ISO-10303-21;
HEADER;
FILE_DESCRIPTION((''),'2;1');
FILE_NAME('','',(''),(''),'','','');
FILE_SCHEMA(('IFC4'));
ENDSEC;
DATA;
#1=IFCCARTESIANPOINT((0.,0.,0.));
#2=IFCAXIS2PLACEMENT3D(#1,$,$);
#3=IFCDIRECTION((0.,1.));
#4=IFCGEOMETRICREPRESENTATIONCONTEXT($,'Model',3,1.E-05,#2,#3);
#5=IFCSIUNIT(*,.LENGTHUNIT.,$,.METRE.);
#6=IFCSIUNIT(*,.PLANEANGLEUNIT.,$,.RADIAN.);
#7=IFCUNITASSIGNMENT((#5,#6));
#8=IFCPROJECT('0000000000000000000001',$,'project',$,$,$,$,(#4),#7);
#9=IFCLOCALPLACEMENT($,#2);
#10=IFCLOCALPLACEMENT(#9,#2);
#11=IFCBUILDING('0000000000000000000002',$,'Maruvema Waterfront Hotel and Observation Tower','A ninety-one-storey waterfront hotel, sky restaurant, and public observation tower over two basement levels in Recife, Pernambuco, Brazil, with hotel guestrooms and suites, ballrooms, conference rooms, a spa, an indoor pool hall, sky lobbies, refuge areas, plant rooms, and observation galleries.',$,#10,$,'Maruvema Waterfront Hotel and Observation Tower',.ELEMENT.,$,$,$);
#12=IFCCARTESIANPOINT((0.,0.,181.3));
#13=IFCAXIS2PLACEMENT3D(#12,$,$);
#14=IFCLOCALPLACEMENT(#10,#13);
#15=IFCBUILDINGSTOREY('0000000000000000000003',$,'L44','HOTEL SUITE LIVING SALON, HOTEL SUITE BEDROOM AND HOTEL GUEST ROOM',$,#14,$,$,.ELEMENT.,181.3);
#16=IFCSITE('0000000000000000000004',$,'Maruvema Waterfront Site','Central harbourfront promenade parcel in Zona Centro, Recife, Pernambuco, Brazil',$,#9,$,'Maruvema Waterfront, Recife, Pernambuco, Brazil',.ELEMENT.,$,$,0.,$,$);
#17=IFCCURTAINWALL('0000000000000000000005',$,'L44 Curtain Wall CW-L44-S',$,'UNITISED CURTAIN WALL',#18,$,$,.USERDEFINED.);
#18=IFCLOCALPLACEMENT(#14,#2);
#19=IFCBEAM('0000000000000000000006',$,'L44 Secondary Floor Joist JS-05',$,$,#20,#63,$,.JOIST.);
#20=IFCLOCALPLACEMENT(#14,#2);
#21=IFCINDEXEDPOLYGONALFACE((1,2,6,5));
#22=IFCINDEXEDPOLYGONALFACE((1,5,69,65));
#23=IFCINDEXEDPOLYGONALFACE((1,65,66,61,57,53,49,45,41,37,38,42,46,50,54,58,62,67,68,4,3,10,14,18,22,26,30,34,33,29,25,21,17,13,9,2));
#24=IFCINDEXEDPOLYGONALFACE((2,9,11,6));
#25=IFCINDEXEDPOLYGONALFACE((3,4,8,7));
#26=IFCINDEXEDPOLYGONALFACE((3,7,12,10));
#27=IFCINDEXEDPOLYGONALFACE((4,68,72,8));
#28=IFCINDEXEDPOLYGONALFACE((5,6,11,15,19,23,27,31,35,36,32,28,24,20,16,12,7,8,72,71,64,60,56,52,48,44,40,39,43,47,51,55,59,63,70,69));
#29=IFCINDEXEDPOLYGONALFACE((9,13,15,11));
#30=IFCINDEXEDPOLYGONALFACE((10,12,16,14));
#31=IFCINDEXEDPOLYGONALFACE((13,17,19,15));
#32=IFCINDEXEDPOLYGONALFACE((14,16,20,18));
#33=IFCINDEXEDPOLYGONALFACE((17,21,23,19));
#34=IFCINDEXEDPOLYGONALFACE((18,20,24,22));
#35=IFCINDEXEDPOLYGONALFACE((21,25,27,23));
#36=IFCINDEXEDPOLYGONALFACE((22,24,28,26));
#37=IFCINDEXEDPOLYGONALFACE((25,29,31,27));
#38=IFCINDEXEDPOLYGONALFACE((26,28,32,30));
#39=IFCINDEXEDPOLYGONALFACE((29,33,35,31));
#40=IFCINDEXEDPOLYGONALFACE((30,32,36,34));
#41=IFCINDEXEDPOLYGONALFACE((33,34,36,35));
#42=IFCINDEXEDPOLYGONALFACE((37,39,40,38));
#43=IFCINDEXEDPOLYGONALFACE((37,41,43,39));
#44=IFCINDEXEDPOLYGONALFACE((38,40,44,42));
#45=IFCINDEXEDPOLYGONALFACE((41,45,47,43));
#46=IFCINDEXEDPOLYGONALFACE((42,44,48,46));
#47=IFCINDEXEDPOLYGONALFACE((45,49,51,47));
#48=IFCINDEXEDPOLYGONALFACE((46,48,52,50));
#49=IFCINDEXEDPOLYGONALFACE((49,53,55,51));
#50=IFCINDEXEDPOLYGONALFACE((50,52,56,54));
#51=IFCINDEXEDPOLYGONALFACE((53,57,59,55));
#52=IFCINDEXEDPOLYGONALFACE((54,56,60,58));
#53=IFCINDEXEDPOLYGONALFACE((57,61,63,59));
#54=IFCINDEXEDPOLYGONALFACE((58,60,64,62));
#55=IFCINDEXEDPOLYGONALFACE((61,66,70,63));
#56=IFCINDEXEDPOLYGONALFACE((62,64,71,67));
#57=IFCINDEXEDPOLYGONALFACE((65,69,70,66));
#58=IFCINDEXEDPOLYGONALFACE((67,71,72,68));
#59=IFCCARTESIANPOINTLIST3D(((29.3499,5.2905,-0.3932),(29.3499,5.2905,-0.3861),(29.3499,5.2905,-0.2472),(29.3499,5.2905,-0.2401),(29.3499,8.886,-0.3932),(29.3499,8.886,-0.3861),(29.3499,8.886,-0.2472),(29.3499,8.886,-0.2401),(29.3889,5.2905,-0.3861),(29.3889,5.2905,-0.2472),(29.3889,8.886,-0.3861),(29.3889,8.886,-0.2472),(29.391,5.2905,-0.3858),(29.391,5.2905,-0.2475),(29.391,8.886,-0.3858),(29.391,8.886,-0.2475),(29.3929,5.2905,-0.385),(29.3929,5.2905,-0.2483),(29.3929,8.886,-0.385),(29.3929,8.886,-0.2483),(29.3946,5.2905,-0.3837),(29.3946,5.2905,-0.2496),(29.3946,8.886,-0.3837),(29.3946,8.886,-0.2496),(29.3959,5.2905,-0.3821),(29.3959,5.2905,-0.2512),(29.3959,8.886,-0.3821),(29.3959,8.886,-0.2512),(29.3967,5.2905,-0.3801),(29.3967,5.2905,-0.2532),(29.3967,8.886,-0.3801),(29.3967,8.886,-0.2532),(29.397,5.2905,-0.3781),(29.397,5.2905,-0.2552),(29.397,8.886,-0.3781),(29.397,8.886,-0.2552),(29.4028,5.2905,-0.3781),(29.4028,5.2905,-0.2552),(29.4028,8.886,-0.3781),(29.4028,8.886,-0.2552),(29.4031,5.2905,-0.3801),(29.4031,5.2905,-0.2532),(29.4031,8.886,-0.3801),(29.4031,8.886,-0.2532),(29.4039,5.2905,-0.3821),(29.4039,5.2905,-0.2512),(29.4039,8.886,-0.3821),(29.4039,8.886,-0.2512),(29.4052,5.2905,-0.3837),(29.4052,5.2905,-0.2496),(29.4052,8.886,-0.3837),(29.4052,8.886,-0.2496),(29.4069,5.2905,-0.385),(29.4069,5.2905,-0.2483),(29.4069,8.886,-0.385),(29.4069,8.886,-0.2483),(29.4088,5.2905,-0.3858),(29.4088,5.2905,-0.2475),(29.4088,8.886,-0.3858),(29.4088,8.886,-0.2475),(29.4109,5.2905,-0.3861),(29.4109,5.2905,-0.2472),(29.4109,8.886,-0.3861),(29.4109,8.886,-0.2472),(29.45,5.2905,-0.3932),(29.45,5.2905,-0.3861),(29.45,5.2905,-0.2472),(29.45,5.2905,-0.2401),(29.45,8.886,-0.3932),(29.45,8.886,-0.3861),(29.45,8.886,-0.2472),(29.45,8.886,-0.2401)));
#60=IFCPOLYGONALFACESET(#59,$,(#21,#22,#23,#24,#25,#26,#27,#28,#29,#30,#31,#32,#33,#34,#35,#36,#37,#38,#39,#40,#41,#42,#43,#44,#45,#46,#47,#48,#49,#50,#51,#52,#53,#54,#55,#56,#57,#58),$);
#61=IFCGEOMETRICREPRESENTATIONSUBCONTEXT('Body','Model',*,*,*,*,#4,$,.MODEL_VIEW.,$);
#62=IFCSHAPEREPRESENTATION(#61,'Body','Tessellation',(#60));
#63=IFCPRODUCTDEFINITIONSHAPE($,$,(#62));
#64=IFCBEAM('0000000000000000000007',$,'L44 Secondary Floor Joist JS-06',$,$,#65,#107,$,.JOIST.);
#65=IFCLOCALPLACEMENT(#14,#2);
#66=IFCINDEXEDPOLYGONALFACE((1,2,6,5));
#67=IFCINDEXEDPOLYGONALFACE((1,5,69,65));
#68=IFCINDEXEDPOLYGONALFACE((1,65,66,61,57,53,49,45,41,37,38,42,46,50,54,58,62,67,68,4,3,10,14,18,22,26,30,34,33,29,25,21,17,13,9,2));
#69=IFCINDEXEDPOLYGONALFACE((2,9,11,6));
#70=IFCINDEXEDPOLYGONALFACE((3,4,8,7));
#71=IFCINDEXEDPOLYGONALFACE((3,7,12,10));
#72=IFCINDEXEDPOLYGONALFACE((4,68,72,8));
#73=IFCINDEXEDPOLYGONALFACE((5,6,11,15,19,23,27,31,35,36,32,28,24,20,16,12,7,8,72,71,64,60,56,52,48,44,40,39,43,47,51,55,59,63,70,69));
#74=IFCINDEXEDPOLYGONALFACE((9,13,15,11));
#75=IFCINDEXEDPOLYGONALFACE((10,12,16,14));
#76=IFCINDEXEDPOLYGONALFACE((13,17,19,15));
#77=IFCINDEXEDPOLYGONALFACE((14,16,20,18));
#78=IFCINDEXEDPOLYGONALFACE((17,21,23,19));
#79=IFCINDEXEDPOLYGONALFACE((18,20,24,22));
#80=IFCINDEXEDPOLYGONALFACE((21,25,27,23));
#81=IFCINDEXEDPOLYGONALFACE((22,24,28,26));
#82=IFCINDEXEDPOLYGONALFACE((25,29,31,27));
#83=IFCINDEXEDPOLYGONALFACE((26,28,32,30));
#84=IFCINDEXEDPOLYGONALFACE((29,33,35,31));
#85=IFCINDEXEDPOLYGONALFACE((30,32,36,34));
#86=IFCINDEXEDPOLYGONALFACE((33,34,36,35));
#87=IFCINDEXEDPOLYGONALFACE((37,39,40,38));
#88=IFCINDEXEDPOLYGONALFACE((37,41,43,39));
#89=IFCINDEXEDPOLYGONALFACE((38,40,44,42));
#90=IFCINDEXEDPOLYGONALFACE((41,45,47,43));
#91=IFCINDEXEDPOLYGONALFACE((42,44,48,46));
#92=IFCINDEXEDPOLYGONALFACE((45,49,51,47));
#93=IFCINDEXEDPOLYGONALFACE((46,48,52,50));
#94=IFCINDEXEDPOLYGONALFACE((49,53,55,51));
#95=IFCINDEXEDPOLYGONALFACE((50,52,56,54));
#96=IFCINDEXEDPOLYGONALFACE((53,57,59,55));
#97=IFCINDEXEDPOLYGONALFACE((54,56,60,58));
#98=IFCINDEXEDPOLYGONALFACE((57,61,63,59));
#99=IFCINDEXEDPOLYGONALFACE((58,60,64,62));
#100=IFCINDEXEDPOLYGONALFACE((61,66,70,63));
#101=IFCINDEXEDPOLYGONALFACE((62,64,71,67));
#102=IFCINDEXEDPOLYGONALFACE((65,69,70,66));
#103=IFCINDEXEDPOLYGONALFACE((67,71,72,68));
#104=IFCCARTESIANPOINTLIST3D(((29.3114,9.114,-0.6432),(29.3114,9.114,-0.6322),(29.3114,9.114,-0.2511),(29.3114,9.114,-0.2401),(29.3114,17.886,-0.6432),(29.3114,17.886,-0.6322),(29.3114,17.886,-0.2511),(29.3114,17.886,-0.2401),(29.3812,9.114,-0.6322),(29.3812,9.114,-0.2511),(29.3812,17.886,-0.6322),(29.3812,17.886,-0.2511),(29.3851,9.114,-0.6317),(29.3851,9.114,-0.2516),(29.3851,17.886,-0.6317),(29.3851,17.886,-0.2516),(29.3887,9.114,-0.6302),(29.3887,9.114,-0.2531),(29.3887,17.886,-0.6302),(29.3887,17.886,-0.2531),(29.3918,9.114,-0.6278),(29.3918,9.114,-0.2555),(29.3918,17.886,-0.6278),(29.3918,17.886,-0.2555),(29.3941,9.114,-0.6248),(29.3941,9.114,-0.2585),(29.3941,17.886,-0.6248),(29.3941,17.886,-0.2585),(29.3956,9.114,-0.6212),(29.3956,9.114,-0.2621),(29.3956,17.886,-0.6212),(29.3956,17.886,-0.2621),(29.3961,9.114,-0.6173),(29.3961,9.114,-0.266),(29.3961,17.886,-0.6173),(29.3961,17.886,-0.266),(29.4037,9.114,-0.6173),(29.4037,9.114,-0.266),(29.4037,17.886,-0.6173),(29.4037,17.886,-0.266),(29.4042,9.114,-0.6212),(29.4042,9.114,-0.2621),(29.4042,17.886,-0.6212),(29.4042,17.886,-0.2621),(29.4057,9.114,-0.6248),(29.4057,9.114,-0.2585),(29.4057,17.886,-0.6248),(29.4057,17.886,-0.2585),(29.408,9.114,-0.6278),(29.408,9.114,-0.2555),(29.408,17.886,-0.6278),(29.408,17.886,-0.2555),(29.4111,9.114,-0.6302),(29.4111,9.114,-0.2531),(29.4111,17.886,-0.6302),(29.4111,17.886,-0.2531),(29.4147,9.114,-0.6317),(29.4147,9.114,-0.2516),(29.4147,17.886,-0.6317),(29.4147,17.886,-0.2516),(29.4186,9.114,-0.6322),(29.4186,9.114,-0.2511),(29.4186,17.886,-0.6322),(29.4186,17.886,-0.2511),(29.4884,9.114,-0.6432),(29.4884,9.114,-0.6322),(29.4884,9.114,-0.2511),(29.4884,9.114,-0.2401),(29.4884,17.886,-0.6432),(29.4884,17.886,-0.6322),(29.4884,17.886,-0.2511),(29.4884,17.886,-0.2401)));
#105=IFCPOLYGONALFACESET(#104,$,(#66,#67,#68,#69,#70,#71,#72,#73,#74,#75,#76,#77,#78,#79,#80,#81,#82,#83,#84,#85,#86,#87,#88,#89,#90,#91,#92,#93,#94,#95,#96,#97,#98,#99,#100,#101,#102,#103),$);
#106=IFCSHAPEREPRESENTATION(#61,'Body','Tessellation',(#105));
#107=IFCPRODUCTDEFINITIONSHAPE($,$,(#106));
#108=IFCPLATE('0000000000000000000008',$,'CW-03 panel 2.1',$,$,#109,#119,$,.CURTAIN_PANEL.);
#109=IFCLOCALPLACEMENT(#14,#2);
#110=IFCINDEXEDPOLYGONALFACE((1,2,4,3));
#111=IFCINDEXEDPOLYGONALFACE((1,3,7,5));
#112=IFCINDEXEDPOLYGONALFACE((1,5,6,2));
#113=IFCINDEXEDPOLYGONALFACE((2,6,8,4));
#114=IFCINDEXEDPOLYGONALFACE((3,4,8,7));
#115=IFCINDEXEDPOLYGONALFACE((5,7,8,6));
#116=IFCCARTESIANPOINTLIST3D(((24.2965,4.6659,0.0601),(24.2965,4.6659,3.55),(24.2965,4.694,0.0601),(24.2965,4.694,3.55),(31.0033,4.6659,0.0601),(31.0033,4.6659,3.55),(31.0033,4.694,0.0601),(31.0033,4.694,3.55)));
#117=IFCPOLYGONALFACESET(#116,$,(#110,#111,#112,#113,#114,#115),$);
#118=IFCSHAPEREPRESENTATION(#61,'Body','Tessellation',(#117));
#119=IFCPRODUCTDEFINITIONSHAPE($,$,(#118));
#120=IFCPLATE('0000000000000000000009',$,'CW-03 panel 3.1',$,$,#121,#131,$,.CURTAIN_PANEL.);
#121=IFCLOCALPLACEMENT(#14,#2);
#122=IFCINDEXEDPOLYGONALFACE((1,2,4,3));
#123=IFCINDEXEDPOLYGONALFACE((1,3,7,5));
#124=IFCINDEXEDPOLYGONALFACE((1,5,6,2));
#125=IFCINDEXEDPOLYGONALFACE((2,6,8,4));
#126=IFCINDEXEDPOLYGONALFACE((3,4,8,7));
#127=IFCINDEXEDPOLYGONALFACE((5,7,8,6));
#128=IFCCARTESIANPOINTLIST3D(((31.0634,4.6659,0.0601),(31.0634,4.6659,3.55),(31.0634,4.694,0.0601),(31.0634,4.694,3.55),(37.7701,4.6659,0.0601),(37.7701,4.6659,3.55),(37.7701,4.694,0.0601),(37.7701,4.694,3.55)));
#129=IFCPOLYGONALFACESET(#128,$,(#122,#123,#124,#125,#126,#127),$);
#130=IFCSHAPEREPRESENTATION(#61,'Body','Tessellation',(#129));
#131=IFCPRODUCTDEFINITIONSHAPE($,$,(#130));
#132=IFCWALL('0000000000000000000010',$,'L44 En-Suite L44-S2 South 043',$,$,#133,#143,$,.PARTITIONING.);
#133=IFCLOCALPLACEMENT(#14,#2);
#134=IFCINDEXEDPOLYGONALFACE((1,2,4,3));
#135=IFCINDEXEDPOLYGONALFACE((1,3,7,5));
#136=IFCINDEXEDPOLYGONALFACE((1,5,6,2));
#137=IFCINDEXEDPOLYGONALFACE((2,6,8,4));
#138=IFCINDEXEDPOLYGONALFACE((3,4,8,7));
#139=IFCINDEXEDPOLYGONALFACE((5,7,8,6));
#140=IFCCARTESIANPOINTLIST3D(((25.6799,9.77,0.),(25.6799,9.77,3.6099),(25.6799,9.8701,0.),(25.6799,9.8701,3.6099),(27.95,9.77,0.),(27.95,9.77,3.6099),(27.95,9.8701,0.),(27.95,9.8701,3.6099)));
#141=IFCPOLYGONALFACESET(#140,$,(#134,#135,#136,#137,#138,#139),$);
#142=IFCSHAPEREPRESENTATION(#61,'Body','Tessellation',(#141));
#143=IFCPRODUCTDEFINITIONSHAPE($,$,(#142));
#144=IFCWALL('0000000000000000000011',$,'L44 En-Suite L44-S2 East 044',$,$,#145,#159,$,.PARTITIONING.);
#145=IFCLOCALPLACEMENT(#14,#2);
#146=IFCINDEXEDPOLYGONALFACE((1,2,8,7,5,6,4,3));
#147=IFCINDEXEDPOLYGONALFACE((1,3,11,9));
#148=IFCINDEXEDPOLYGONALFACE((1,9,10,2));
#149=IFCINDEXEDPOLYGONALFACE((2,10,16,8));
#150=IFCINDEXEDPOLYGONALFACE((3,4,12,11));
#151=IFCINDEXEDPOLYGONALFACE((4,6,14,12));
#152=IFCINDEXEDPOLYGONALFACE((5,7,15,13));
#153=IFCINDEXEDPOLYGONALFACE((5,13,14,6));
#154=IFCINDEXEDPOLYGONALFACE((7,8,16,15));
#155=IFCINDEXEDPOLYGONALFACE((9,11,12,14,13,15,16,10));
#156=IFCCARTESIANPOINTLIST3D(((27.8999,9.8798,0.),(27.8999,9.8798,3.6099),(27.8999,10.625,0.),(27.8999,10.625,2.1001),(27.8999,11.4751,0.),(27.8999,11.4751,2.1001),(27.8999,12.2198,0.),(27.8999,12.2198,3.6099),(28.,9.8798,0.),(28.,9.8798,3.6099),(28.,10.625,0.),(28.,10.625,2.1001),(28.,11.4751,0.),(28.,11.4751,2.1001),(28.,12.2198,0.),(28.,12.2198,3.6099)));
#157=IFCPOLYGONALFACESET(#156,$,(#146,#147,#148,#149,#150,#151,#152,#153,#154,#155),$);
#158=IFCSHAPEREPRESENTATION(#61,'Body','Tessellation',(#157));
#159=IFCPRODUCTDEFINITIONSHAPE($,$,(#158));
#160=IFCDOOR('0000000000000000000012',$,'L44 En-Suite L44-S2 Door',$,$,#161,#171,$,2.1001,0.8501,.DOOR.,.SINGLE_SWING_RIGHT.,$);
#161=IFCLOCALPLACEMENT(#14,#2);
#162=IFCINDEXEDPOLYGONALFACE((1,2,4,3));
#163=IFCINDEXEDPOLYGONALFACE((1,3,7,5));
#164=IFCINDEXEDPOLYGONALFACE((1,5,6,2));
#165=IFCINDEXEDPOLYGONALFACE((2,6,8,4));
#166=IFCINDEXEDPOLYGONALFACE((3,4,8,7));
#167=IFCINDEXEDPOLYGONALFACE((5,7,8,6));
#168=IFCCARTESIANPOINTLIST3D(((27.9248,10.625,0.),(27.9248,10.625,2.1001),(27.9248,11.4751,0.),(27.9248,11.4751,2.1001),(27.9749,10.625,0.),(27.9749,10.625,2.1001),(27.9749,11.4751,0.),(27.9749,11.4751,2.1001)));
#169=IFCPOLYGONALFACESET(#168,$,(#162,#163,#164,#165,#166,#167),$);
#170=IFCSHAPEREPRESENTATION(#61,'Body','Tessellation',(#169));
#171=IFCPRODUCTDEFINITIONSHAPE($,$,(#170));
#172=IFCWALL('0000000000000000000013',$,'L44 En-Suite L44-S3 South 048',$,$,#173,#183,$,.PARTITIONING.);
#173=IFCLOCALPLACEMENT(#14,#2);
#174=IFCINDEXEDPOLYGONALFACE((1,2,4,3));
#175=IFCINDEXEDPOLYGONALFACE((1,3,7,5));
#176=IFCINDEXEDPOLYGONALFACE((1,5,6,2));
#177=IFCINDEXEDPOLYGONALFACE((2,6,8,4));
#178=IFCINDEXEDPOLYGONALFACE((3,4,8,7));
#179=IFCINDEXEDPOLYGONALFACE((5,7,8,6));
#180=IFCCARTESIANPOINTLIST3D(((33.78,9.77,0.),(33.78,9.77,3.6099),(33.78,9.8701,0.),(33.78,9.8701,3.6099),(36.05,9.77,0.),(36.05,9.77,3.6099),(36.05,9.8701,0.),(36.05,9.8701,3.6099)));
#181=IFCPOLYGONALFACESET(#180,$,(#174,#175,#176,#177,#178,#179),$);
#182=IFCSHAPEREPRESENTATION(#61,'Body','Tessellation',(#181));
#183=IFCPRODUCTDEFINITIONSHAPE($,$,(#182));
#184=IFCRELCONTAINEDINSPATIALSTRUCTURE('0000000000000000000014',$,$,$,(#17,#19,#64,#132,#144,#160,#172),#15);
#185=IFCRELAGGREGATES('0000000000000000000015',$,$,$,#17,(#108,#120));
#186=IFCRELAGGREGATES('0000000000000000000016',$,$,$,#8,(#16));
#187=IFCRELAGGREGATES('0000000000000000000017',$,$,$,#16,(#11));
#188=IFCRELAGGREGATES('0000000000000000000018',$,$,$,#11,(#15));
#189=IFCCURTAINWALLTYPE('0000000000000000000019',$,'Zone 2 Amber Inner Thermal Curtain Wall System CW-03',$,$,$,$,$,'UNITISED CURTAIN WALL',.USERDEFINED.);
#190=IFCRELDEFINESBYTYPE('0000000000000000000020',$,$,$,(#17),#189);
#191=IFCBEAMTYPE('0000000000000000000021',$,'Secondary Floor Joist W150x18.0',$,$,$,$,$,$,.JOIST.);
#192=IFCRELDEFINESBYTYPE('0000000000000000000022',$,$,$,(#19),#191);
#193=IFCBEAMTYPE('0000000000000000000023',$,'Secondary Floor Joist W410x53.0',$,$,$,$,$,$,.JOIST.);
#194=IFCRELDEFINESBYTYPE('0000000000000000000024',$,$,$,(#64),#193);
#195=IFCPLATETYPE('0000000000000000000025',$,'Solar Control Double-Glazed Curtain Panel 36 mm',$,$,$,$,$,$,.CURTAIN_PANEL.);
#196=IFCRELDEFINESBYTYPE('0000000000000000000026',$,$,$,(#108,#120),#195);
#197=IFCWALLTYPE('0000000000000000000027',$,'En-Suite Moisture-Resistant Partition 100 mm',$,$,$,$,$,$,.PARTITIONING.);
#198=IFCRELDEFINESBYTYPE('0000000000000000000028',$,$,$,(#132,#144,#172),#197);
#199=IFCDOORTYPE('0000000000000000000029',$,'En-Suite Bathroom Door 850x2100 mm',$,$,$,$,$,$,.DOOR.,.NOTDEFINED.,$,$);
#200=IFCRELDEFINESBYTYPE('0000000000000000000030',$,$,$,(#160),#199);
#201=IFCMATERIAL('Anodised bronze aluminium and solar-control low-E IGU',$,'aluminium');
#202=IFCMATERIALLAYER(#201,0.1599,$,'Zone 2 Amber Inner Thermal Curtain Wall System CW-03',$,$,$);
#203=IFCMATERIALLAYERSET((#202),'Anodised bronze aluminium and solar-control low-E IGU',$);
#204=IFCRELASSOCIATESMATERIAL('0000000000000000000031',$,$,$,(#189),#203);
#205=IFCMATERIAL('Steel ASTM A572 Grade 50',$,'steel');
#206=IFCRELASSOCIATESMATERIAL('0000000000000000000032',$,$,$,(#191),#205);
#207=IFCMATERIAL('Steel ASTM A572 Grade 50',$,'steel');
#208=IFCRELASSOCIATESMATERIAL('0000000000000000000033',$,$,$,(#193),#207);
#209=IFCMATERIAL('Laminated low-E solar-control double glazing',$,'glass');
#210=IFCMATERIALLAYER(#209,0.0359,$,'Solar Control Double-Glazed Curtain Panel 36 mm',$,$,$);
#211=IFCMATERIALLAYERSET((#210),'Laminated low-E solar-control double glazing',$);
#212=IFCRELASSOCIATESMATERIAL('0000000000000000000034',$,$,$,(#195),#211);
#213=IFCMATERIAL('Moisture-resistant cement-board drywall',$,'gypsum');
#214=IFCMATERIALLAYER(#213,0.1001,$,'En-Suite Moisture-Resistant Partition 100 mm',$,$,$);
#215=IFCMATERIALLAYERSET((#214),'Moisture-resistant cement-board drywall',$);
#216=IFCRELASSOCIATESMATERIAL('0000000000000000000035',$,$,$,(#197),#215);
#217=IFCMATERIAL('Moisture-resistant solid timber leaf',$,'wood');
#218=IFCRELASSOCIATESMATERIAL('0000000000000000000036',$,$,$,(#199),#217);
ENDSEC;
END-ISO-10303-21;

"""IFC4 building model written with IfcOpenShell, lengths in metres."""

from ifc_helpers import new_model, si_unit, direction, frame, frame_2d, origin, origin_2d, place, context, subcontext, project, spatial, rectangle, i_section, extrude, material, layer, layer_set, material_profile, profile_set, type_object, element, fill, aggregate, save


model = new_model("IFC4")

# Units and contexts
model_context = context("Model", 3, precision=1e-05, world=origin(), true_north=direction((0.0, 1.0)))
body_context = subcontext(model_context, "Body", "Model", "MODEL_VIEW")
ifc_project = project(units=[si_unit("LENGTHUNIT", "METRE"), si_unit("PLANEANGLEUNIT", "RADIAN")], contexts=[model_context])

# Site, building, storey
site_placement = place(None, origin())
site = spatial("IfcSite", under=ifc_project, at=site_placement, Name="Maruvema Waterfront Site", Description="Central harbourfront promenade parcel in Zona Centro, Recife, Pernambuco, Brazil", LongName="Maruvema Waterfront, Recife, Pernambuco, Brazil", CompositionType="ELEMENT", RefElevation=0.0)
building_placement = place(site_placement, origin())
building = spatial("IfcBuilding", under=site, at=building_placement, Name="Maruvema Waterfront Hotel and Observation Tower", Description="A ninety-one-storey waterfront hotel, sky restaurant, and public observation tower over two basement levels in Recife, Pernambuco, Brazil, with hotel guestrooms and suites, ballrooms, conference rooms, a spa, an indoor pool hall, sky lobbies, refuge areas, plant rooms, and observation galleries.", LongName="Maruvema Waterfront Hotel and Observation Tower", CompositionType="ELEMENT")
storey_placement = place(building_placement, frame((0.0, 0.0, 181.3)))
storey = spatial("IfcBuildingStorey", under=building, at=storey_placement, Name="L44", Description="HOTEL SUITE LIVING SALON, HOTEL SUITE BEDROOM AND HOTEL GUEST ROOM", CompositionType="ELEMENT", Elevation=181.3)

# Curtain wall
ifc_material_1 = material(Name="Anodised bronze aluminium and solar-control low-E IGU", Category="aluminium")
ifc_layer_1 = layer(ifc_material_1, 0.1599, Name="Zone 2 Amber Inner Thermal Curtain Wall System CW-03")
ifc_layer_set_1 = layer_set([ifc_layer_1], Name="Anodised bronze aluminium and solar-control low-E IGU")
curtain_wall_type = type_object("IfcCurtainWallType", Name="Zone 2 Amber Inner Thermal Curtain Wall System CW-03", ElementType="UNITISED CURTAIN WALL", PredefinedType="USERDEFINED", material=ifc_layer_set_1)
curtain_wall_placement = place(storey_placement, origin())
curtain_wall = element("IfcCurtainWall", 1, at=curtain_wall_placement, inside=storey, type_object=curtain_wall_type, Name="L44 Curtain Wall CW-L44-S", ObjectType="UNITISED CURTAIN WALL", PredefinedType="USERDEFINED")

# Beams
ifc_material_2 = material(Name="Steel ASTM A572 Grade 50", Category="steel")
ifc_material_profile_1 = material_profile(ifc_material_2, i_section(OverallWidth=0.1001, OverallDepth=0.1531, WebThickness=0.0059, FlangeThickness=0.0071, FilletRadius=0.0081, at=origin_2d()), Name="W150x18.0")
ifc_profile_set_1 = profile_set([ifc_material_profile_1], Name="Steel ASTM A572 Grade 50")
beam_type_1 = type_object("IfcBeamType", Name="Secondary Floor Joist W150x18.0", PredefinedType="JOIST", material=ifc_profile_set_1)
beam_1_placement = place(storey_placement, frame((29.3999, 5.2905, -0.3167), z_axis=(0.0, 1.0, 0.0), x_axis=(-1.0, 0.0, 0.0)))
element("IfcBeam", 2, at=beam_1_placement, inside=storey, type_object=beam_type_1, Name="L44 Secondary Floor Joist JS-05", PredefinedType="JOIST", context=body_context, shape_type="SweptSolid", body=[
    extrude(i_section(OverallWidth=0.1001, OverallDepth=0.1531, WebThickness=0.0059, FlangeThickness=0.0071, FilletRadius=0.0081, at=origin_2d()), origin(), (0.0, 0.0, 1.0), 3.5955),
])
ifc_material_3 = material(Name="Steel ASTM A572 Grade 50", Category="steel")
ifc_material_profile_2 = material_profile(ifc_material_3, i_section(OverallWidth=0.177, OverallDepth=0.4031, WebThickness=0.0076, FlangeThickness=0.011, FilletRadius=0.0149, at=origin_2d()), Name="W410x53.0")
ifc_profile_set_2 = profile_set([ifc_material_profile_2], Name="Steel ASTM A572 Grade 50")
beam_type_2 = type_object("IfcBeamType", Name="Secondary Floor Joist W410x53.0", PredefinedType="JOIST", material=ifc_profile_set_2)
beam_2_placement = place(storey_placement, frame((29.3999, 9.114, -0.4417), z_axis=(0.0, 1.0, 0.0), x_axis=(-1.0, 0.0, 0.0)))
element("IfcBeam", 3, at=beam_2_placement, inside=storey, type_object=beam_type_2, Name="L44 Secondary Floor Joist JS-06", PredefinedType="JOIST", context=body_context, shape_type="SweptSolid", body=[
    extrude(i_section(OverallWidth=0.177, OverallDepth=0.4031, WebThickness=0.0076, FlangeThickness=0.011, FilletRadius=0.0149, at=origin_2d()), origin(), (0.0, 0.0, 1.0), 8.772),
])

# Plates
ifc_material_4 = material(Name="Laminated low-E solar-control double glazing", Category="glass")
ifc_layer_2 = layer(ifc_material_4, 0.0359, Name="Solar Control Double-Glazed Curtain Panel 36 mm")
ifc_layer_set_2 = layer_set([ifc_layer_2], Name="Laminated low-E solar-control double glazing")
plate_type = type_object("IfcPlateType", Name="Solar Control Double-Glazed Curtain Panel 36 mm", PredefinedType="CURTAIN_PANEL", material=ifc_layer_set_2)
plate_1_placement = place(storey_placement, frame((27.6499, 4.6799, 0.0601), z_axis=(0.0, 0.0, 1.0), x_axis=(1.0, 0.0, 0.0)))
plate_1 = element("IfcPlate", 4, at=plate_1_placement, type_object=plate_type, Name="CW-03 panel 2.1", PredefinedType="CURTAIN_PANEL", context=body_context, shape_type="SweptSolid", body=[
    extrude(rectangle(XDim=6.7068, YDim=0.0281, at=origin_2d()), origin(), (0.0, 0.0, 1.0), 3.49),
])
plate_2_placement = place(storey_placement, frame((34.4167, 4.6799, 0.0601), z_axis=(0.0, 0.0, 1.0), x_axis=(1.0, 0.0, 0.0)))
plate_2 = element("IfcPlate", 5, at=plate_2_placement, type_object=plate_type, Name="CW-03 panel 3.1", PredefinedType="CURTAIN_PANEL", context=body_context, shape_type="SweptSolid", body=[
    extrude(rectangle(XDim=6.7068, YDim=0.0281, at=origin_2d()), origin(), (0.0, 0.0, 1.0), 3.49),
])
aggregate(curtain_wall, [plate_1, plate_2])

# Wall
ifc_material_5 = material(Name="Moisture-resistant cement-board drywall", Category="gypsum")
ifc_layer_3 = layer(ifc_material_5, 0.1001, Name="En-Suite Moisture-Resistant Partition 100 mm")
ifc_layer_set_3 = layer_set([ifc_layer_3], Name="Moisture-resistant cement-board drywall")
wall_type_1 = type_object("IfcWallType", Name="En-Suite Moisture-Resistant Partition 100 mm", PredefinedType="PARTITIONING", material=ifc_layer_set_3)
wall_1_placement = place(storey_placement, frame((25.6799, 9.8201, 0.0), z_axis=(0.0, 0.0, 1.0), x_axis=(1.0, 0.0, 0.0)))
element("IfcWall", 6, at=wall_1_placement, inside=storey, type_object=wall_type_1, Name="L44 En-Suite L44-S2 South 043", PredefinedType="PARTITIONING", context=body_context, shape_type="SweptSolid", body=[
    extrude(rectangle(XDim=2.27, YDim=0.1001, at=frame_2d((1.135, 0.0))), origin(), (0.0, 0.0, 1.0), 3.6099),
])

# Wall, opening, door
wall_2_placement = place(storey_placement, frame((27.95, 9.8799, 0.0), z_axis=(0.0, 0.0, 1.0), x_axis=(0.0, 1.0, 0.0)))
wall_2 = element("IfcWall", 7, at=wall_2_placement, inside=storey, type_object=wall_type_1, Name="L44 En-Suite L44-S2 East 044", PredefinedType="PARTITIONING", context=body_context, shape_type="SweptSolid", body=[
    extrude(rectangle(XDim=2.3401, YDim=0.1001, at=frame_2d((1.1699, 0.0))), origin(), (0.0, 0.0, 1.0), 3.6099),
])
opening_placement = place(wall_2_placement, frame((0.7451, 0.0, 0.0)))
opening = element("IfcOpeningElement", 8, at=opening_placement, cuts=wall_2, PredefinedType="OPENING", context=body_context, shape_type="SweptSolid", body=[
    extrude(rectangle(XDim=0.8501, YDim=2.1001, at=frame_2d((0.425, 1.05))), frame((0.0, 0.0601, 0.0), z_axis=(0.0, -1.0, 0.0), x_axis=(1.0, 0.0, 0.0)), (0.0, 0.0, 1.0), 0.1201),
])
ifc_material_6 = material(Name="Moisture-resistant solid timber leaf", Category="wood")
door_type = type_object("IfcDoorType", Name="En-Suite Bathroom Door 850x2100 mm", OperationType="NOTDEFINED", PredefinedType="DOOR", material=ifc_material_6)
door_placement = place(opening_placement, frame((0.8501, 0.0, 0.0), z_axis=(0.0, 0.0, 1.0), x_axis=(-1.0, 0.0, 0.0)))
door = element("IfcDoor", 9, at=door_placement, inside=storey, type_object=door_type, Name="L44 En-Suite L44-S2 Door", OperationType="SINGLE_SWING_RIGHT", OverallHeight=2.1001, OverallWidth=0.8501, PredefinedType="DOOR", context=body_context, shape_type="SweptSolid", body=[
    extrude(rectangle(XDim=0.8501, YDim=2.1001, at=frame_2d((0.425, 1.05))), frame((0.0, 0.0249, 0.0), z_axis=(0.0, -1.0, 0.0), x_axis=(1.0, 0.0, 0.0)), (0.0, 0.0, 1.0), 0.05),
])
fill(opening, door)

# Wall
wall_3_placement = place(storey_placement, frame((33.78, 9.8201, 0.0), z_axis=(0.0, 0.0, 1.0), x_axis=(1.0, 0.0, 0.0)))
element("IfcWall", 10, at=wall_3_placement, inside=storey, type_object=wall_type_1, Name="L44 En-Suite L44-S3 South 048", PredefinedType="PARTITIONING", context=body_context, shape_type="SweptSolid", body=[
    extrude(rectangle(XDim=2.27, YDim=0.1001, at=frame_2d((1.135, 0.0))), origin(), (0.0, 0.0, 1.0), 3.6099),
])

save(model, "model.ifc")
